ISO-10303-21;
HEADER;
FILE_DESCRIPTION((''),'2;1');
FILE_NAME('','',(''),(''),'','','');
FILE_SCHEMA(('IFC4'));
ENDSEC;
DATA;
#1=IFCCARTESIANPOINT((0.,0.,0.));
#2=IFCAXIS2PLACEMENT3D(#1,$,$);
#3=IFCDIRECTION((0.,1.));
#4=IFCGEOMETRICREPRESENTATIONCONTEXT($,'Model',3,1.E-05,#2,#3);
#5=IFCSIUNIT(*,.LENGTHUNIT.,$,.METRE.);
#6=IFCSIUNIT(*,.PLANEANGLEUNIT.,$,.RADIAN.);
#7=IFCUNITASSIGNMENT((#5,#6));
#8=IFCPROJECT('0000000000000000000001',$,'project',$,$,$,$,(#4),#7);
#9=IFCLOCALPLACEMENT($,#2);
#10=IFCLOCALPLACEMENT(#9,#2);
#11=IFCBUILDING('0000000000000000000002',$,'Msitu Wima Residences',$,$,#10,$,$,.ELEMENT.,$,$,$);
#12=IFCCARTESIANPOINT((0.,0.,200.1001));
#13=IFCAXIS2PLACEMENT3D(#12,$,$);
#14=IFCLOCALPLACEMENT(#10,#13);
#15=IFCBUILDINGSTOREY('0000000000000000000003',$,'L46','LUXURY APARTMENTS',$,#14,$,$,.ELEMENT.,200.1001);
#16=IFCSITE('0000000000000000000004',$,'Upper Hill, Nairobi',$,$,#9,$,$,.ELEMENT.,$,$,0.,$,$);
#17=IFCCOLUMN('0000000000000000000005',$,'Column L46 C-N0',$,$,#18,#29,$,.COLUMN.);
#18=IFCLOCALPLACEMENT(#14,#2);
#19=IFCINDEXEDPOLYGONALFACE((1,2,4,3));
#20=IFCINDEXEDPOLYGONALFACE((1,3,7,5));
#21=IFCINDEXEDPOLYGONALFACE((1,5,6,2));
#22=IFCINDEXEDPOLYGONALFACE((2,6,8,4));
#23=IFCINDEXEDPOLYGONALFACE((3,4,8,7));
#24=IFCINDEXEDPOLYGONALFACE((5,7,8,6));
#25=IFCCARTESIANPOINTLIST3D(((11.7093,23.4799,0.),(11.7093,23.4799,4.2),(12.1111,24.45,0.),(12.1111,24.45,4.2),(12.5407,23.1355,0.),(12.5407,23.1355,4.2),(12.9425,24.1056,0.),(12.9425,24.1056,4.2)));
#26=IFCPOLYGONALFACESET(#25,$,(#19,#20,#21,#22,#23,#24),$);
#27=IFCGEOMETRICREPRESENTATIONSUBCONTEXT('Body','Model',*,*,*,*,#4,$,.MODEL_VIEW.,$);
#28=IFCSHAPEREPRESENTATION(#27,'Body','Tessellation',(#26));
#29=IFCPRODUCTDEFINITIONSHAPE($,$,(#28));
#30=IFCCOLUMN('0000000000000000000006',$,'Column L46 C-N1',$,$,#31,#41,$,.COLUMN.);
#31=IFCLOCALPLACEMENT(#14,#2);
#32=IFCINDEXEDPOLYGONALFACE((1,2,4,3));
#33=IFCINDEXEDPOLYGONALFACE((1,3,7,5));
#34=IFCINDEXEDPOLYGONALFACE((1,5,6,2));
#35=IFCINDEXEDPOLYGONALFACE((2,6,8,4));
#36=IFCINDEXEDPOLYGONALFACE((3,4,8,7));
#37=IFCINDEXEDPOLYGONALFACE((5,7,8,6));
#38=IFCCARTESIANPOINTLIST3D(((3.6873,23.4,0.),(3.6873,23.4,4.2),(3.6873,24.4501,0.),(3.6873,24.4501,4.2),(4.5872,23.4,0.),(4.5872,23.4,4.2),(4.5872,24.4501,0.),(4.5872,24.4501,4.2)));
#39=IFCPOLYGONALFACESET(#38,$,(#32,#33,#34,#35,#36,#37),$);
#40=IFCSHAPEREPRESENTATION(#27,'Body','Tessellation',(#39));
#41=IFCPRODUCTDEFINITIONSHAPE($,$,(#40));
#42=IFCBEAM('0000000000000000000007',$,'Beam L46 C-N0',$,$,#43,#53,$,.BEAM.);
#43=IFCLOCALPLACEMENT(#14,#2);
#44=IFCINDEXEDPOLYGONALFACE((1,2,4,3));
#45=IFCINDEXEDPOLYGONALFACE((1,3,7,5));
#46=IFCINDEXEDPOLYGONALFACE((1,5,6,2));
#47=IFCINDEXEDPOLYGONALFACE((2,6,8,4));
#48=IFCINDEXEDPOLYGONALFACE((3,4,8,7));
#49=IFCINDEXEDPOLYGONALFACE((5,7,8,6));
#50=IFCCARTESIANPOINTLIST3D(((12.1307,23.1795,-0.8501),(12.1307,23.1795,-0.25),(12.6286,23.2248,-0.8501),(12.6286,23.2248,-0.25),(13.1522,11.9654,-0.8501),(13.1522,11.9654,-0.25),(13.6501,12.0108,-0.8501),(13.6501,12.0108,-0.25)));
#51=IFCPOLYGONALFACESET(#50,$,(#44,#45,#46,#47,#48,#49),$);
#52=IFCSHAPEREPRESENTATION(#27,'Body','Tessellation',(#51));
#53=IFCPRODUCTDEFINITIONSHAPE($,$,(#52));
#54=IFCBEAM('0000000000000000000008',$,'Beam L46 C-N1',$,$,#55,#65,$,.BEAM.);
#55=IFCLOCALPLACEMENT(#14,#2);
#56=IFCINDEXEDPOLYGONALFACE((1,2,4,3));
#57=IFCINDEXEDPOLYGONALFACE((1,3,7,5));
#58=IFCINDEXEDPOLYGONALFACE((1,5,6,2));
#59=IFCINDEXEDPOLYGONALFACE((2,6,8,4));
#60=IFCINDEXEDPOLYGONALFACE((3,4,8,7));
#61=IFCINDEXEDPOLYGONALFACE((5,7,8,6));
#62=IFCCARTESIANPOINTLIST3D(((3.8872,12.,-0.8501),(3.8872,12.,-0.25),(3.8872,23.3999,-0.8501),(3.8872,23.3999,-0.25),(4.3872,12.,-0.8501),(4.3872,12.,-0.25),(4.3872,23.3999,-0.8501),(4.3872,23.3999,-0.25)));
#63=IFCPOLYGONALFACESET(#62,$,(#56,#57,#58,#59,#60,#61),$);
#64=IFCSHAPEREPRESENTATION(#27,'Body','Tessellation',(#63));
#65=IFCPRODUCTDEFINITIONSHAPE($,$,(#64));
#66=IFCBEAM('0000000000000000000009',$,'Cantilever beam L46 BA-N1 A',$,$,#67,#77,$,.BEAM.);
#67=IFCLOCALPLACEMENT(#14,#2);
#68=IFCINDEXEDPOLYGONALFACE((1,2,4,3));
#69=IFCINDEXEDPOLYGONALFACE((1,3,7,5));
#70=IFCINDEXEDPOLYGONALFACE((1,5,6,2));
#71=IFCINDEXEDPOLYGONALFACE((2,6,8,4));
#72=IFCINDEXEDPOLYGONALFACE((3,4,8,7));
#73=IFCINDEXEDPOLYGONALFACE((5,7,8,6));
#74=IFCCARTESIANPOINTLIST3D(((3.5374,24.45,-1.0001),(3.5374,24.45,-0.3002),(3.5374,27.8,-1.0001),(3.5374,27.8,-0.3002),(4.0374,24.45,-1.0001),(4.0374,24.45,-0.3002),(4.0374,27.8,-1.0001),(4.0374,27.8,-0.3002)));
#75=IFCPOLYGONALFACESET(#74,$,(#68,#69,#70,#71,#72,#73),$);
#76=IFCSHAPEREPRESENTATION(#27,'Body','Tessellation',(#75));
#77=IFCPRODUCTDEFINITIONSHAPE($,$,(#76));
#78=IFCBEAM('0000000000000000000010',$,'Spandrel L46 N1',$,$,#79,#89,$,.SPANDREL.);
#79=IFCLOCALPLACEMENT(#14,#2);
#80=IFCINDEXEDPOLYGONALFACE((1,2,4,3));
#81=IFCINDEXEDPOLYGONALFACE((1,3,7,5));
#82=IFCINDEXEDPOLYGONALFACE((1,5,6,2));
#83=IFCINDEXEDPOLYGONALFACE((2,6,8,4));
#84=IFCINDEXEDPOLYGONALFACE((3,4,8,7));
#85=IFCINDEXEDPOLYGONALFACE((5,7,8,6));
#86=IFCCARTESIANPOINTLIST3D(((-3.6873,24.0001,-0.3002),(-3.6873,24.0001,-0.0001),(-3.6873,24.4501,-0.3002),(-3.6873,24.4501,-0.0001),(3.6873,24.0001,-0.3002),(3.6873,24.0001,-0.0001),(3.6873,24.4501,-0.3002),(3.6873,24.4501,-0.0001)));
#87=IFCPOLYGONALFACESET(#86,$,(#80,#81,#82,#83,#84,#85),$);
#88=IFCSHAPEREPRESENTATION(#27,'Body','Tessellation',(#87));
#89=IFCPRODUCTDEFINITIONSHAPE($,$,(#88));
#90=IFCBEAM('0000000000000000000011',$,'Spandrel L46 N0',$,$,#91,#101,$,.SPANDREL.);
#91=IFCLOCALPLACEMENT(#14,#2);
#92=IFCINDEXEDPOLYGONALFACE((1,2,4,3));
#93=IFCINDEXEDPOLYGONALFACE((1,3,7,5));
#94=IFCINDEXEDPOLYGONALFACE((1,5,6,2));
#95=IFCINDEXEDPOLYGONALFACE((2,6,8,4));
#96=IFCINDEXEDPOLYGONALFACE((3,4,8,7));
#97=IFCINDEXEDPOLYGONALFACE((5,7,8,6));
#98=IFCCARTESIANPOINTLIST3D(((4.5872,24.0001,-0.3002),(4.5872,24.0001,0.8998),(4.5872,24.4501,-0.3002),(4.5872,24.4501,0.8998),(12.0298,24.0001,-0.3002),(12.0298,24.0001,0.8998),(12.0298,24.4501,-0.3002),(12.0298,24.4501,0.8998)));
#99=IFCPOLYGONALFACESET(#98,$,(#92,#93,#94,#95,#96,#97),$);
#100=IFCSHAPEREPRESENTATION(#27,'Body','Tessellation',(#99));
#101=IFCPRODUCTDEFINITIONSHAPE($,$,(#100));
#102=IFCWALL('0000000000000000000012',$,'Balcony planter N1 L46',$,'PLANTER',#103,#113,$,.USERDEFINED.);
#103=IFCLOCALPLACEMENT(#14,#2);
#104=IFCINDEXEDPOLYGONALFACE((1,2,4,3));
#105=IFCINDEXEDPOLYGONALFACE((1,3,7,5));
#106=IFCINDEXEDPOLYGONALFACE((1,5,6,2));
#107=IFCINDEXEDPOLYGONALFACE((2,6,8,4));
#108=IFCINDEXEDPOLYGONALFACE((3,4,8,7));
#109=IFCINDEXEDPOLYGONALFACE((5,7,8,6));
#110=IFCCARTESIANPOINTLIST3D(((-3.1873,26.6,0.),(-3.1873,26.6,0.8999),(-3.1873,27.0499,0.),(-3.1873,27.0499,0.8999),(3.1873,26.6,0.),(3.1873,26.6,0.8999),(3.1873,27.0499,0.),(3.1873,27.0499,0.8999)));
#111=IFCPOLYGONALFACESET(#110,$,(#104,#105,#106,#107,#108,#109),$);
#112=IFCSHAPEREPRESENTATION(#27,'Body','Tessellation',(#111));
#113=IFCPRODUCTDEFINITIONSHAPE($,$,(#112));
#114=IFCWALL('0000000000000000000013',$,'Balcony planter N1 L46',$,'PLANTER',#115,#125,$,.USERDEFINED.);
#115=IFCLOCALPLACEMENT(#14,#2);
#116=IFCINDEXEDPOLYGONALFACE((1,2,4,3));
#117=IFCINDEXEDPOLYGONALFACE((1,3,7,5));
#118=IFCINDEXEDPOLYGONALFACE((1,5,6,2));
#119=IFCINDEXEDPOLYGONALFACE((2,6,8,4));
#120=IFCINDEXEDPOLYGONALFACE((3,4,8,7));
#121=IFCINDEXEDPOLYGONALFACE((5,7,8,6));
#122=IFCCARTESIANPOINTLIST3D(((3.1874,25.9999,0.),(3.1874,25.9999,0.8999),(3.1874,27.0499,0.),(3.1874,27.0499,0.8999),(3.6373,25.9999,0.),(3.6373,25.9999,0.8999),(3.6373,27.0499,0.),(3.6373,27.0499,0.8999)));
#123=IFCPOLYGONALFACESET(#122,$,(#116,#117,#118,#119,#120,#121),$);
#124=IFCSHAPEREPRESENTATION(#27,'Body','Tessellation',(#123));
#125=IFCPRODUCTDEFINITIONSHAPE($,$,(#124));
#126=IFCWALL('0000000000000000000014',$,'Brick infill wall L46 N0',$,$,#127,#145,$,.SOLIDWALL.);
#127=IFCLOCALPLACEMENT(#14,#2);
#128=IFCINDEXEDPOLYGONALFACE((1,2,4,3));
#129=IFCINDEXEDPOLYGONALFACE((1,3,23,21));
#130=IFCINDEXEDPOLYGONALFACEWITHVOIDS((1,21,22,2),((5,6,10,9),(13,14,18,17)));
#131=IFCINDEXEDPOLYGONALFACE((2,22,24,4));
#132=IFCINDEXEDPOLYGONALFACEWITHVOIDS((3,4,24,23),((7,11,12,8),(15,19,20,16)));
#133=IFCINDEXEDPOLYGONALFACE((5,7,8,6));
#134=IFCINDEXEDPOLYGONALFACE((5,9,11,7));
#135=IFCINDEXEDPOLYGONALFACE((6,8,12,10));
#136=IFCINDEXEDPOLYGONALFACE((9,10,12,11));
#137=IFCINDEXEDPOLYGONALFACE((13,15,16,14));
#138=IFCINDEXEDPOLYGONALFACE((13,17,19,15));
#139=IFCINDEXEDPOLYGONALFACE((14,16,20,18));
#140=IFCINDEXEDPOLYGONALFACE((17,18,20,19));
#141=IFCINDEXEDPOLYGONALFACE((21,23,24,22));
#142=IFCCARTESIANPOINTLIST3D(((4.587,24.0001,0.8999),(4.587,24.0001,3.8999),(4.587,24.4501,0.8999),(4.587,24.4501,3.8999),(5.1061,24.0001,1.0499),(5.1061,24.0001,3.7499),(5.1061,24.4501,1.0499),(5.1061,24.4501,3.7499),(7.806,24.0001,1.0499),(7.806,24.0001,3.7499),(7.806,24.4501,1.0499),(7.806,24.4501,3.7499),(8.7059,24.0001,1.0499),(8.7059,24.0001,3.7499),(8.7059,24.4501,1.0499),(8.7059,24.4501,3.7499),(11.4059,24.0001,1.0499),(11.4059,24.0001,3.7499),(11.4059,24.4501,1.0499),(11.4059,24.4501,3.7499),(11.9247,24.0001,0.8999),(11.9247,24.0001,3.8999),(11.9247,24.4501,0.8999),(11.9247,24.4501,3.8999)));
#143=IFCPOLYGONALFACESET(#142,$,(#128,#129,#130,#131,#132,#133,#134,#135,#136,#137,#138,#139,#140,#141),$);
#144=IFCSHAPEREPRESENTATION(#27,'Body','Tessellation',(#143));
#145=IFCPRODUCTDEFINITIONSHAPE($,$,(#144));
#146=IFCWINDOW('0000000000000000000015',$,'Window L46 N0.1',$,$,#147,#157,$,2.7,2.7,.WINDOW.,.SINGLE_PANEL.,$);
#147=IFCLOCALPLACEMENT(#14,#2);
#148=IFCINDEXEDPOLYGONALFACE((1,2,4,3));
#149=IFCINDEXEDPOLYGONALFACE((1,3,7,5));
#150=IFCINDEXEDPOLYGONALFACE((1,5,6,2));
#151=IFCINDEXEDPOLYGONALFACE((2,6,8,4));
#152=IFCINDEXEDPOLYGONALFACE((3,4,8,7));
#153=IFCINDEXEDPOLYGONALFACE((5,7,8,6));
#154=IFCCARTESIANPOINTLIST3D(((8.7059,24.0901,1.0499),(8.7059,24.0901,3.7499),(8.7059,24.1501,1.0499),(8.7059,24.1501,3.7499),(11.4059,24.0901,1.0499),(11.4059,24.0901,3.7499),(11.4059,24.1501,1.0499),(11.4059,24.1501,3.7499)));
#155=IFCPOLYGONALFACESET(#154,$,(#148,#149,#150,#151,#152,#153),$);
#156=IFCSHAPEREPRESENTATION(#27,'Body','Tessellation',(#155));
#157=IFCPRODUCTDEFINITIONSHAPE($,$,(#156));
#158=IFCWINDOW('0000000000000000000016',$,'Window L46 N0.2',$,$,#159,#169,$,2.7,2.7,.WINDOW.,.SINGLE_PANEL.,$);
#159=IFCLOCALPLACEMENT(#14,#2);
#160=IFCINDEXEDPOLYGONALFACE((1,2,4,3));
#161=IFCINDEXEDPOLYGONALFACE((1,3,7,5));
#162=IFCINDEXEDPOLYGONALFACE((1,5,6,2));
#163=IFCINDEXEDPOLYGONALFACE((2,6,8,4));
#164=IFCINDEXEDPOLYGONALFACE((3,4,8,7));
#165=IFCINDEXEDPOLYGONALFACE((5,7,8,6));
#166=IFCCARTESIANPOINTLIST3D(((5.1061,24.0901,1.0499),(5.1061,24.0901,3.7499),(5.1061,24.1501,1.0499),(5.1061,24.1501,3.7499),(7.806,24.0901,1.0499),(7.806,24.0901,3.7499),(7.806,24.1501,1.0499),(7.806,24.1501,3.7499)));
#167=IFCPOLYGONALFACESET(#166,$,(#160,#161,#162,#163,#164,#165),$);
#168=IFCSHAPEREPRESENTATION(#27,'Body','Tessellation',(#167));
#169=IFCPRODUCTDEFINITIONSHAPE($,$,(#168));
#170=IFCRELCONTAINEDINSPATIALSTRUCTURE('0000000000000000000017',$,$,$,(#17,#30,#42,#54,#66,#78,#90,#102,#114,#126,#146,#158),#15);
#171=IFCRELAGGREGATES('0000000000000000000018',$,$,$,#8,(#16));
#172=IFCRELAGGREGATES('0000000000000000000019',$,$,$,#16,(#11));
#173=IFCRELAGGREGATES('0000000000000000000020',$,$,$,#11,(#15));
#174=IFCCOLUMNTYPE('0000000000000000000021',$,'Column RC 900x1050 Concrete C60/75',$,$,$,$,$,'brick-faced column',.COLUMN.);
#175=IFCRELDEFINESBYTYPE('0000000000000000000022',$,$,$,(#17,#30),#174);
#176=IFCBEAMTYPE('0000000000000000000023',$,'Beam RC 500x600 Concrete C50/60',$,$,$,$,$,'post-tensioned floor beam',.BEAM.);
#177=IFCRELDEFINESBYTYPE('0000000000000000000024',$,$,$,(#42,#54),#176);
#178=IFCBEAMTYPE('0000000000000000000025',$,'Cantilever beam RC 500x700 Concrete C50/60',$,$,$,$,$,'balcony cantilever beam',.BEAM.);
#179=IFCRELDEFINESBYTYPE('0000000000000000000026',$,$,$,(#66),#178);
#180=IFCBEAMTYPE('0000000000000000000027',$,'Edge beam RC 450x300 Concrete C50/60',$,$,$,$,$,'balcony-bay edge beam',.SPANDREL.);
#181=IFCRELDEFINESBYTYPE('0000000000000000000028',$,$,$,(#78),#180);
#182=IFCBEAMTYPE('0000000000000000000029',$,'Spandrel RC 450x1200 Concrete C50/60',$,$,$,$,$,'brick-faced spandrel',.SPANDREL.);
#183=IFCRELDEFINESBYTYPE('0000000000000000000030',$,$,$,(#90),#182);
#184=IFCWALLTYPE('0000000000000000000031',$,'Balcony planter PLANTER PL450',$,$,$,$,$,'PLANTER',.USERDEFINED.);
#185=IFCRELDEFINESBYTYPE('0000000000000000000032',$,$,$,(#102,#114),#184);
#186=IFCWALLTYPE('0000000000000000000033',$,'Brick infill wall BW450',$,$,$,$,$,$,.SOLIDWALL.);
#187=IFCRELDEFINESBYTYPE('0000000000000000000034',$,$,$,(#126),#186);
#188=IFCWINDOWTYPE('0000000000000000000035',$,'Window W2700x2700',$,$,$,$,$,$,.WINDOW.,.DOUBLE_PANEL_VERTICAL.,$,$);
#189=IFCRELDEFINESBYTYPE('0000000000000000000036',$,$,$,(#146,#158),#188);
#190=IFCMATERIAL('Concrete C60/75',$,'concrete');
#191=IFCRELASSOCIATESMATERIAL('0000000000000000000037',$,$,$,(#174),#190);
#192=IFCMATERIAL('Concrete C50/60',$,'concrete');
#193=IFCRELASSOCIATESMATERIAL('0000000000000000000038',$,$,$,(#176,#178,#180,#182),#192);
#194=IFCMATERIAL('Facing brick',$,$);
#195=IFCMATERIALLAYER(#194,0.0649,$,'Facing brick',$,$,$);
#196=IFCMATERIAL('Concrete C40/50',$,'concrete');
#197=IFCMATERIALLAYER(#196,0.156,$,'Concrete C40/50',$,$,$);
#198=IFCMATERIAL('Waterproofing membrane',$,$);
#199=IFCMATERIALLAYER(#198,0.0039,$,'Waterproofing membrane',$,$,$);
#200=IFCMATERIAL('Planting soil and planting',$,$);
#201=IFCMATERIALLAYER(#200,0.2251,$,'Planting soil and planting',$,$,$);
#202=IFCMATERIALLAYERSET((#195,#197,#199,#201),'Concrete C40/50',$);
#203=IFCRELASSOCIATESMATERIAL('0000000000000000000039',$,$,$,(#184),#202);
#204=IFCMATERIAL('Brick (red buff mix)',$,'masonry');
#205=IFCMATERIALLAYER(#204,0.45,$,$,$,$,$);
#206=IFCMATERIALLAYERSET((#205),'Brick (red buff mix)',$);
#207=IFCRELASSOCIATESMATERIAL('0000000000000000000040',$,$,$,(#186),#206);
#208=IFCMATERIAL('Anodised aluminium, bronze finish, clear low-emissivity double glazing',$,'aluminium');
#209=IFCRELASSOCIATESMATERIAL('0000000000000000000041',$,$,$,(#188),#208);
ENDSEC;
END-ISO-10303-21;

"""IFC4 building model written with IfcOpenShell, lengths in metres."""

from ifc_helpers import new_model, si_unit, direction, frame, frame_2d, origin, origin_2d, place, context, subcontext, project, spatial, rectangle, extrude, material, layer, layer_set, material_profile, profile_set, type_object, element, fill, save


model = new_model("IFC4")

# Units and contexts
model_context = context("Model", 3, precision=1e-05, world=origin(), true_north=direction((0.0, 1.0)))
body_context = subcontext(model_context, "Body", "Model", "MODEL_VIEW")
ifc_project = project(units=[si_unit("LENGTHUNIT", "METRE"), si_unit("PLANEANGLEUNIT", "RADIAN")], contexts=[model_context])

# Site, building, storey
site_placement = place(None, origin())
site = spatial("IfcSite", under=ifc_project, at=site_placement, Name="Upper Hill, Nairobi", CompositionType="ELEMENT", RefElevation=0.0)
building_placement = place(site_placement, origin())
building = spatial("IfcBuilding", under=site, at=building_placement, Name="Msitu Wima Residences", CompositionType="ELEMENT")
storey_placement = place(building_placement, frame((0.0, 0.0, 200.1001)))
storey = spatial("IfcBuildingStorey", under=building, at=storey_placement, Name="L46", Description="LUXURY APARTMENTS", CompositionType="ELEMENT", Elevation=200.1001)

# Columns
ifc_material_1 = material(Name="Concrete C60/75", Category="concrete")
ifc_material_profile_1 = material_profile(ifc_material_1, rectangle(XDim=0.8999, YDim=1.05, at=origin_2d()), Name="RC 900x1050")
ifc_profile_set_1 = profile_set([ifc_material_profile_1], Name="Concrete C60/75")
column_type = type_object("IfcColumnType", Name="Column RC 900x1050 Concrete C60/75", ElementType="brick-faced column", PredefinedType="COLUMN", material=ifc_profile_set_1)
for number, where, z_axis, x_axis, name in (
    (1, (12.3259, 23.7927, 0.0), (0.0, 0.0, 1.0), (-0.92388, 0.382683, 0.0), "Column L46 C-N0"),
    (2, (4.1372, 23.925, 0.0), (0.0, 0.0, 1.0), (-1.0, 0.0, 0.0), "Column L46 C-N1"),
):
    element("IfcColumn", number, at=place(storey_placement, frame(where, z_axis=z_axis, x_axis=x_axis)), inside=storey, type_object=column_type, Name=name, PredefinedType="COLUMN", context=body_context, shape_type="SweptSolid", body=[
        extrude(rectangle(XDim=0.8999, YDim=1.05, at=origin_2d()), origin(), (0.0, 0.0, 1.0), 4.2),
    ])

# Beams
ifc_material_2 = material(Name="Concrete C50/60", Category="concrete")
ifc_material_profile_2 = material_profile(ifc_material_2, rectangle(XDim=0.5, YDim=0.6001, at=origin_2d()), Name="RC 500x600")
ifc_profile_set_2 = profile_set([ifc_material_profile_2], Name="Concrete C50/60")
beam_type_1 = type_object("IfcBeamType", Name="Beam RC 500x600 Concrete C50/60", ElementType="post-tensioned floor beam", PredefinedType="BEAM", material=ifc_profile_set_2)
beam_1_placement = place(storey_placement, frame((12.3796, 23.2021, -0.55), z_axis=(0.090714, -0.995877, 0.0), x_axis=(0.995877, 0.090714, 0.0)))
element("IfcBeam", 3, at=beam_1_placement, inside=storey, type_object=beam_type_1, Name="Beam L46 C-N0", PredefinedType="BEAM", context=body_context, shape_type="SweptSolid", body=[
    extrude(rectangle(XDim=0.5, YDim=0.6001, at=origin_2d()), origin(), (0.0, 0.0, 1.0), 11.2605),
])
beam_2_placement = place(storey_placement, frame((4.1372, 23.3999, -0.55), z_axis=(0.0, -1.0, 0.0), x_axis=(1.0, 0.0, 0.0)))
element("IfcBeam", 4, at=beam_2_placement, inside=storey, type_object=beam_type_1, Name="Beam L46 C-N1", PredefinedType="BEAM", context=body_context, shape_type="SweptSolid", body=[
    extrude(rectangle(XDim=0.5, YDim=0.6001, at=origin_2d()), origin(), (0.0, 0.0, 1.0), 11.3999),
])
ifc_material_profile_3 = material_profile(ifc_material_2, rectangle(XDim=0.5, YDim=0.7, at=origin_2d()), Name="RC 500x700")
ifc_profile_set_3 = profile_set([ifc_material_profile_3], Name="Concrete C50/60")
beam_type_2 = type_object("IfcBeamType", Name="Cantilever beam RC 500x700 Concrete C50/60", ElementType="balcony cantilever beam", PredefinedType="BEAM", material=ifc_profile_set_3)
beam_3_placement = place(storey_placement, frame((3.7874, 24.45, -0.6501), z_axis=(0.0, 1.0, 0.0), x_axis=(-1.0, 0.0, 0.0)))
element("IfcBeam", 5, at=beam_3_placement, inside=storey, type_object=beam_type_2, Name="Cantilever beam L46 BA-N1 A", PredefinedType="BEAM", context=body_context, shape_type="SweptSolid", body=[
    extrude(rectangle(XDim=0.5, YDim=0.7, at=origin_2d()), origin(), (0.0, 0.0, 1.0), 3.3501),
])
ifc_material_profile_4 = material_profile(ifc_material_2, rectangle(XDim=0.45, YDim=0.3, at=origin_2d()), Name="RC 450x300")
ifc_profile_set_4 = profile_set([ifc_material_profile_4], Name="Concrete C50/60")
beam_type_3 = type_object("IfcBeamType", Name="Edge beam RC 450x300 Concrete C50/60", ElementType="balcony-bay edge beam", PredefinedType="SPANDREL", material=ifc_profile_set_4)
beam_4_placement = place(storey_placement, frame((3.6873, 24.2251, -0.1501), z_axis=(-1.0, 0.0, 0.0), x_axis=(0.0, -1.0, 0.0)))
element("IfcBeam", 6, at=beam_4_placement, inside=storey, type_object=beam_type_3, Name="Spandrel L46 N1", PredefinedType="SPANDREL", context=body_context, shape_type="SweptSolid", body=[
    extrude(rectangle(XDim=0.45, YDim=0.3, at=origin_2d()), origin(), (0.0, 0.0, 1.0), 7.3745),
])
ifc_material_profile_5 = material_profile(ifc_material_2, rectangle(XDim=0.45, YDim=1.2, at=origin_2d()), Name="RC 450x1200")
ifc_profile_set_5 = profile_set([ifc_material_profile_5], Name="Concrete C50/60")
beam_type_4 = type_object("IfcBeamType", Name="Spandrel RC 450x1200 Concrete C50/60", ElementType="brick-faced spandrel", PredefinedType="SPANDREL", material=ifc_profile_set_5)
beam_5_placement = place(storey_placement, frame((12.0298, 24.2251, 0.2998), z_axis=(-1.0, 0.0, 0.0), x_axis=(0.0, -1.0, 0.0)))
element("IfcBeam", 7, at=beam_5_placement, inside=storey, type_object=beam_type_4, Name="Spandrel L46 N0", PredefinedType="SPANDREL", context=body_context, shape_type="SweptSolid", body=[
    extrude(rectangle(XDim=0.45, YDim=1.2, at=origin_2d()), origin(), (0.0, 0.0, 1.0), 7.4426),
])

# Walls
ifc_material_3 = material(Name="Facing brick")
ifc_layer_1 = layer(ifc_material_3, 0.0649, Name="Facing brick")
ifc_material_4 = material(Name="Concrete C40/50", Category="concrete")
ifc_layer_2 = layer(ifc_material_4, 0.156, Name="Concrete C40/50")
ifc_material_5 = material(Name="Waterproofing membrane")
ifc_layer_3 = layer(ifc_material_5, 0.0039, Name="Waterproofing membrane")
ifc_material_6 = material(Name="Planting soil and planting")
ifc_layer_4 = layer(ifc_material_6, 0.2251, Name="Planting soil and planting")
ifc_layer_set_1 = layer_set([ifc_layer_1, ifc_layer_2, ifc_layer_3, ifc_layer_4], Name="Concrete C40/50")
wall_type_1 = type_object("IfcWallType", Name="Balcony planter PLANTER PL450", ElementType="PLANTER", PredefinedType="USERDEFINED", material=ifc_layer_set_1)
wall_1_placement = place(storey_placement, frame((3.1873, 26.825, 0.0), z_axis=(0.0, 0.0, 1.0), x_axis=(-1.0, 0.0, 0.0)))
element("IfcWall", 8, at=wall_1_placement, inside=storey, type_object=wall_type_1, Name="Balcony planter N1 L46", ObjectType="PLANTER", PredefinedType="USERDEFINED", context=body_context, shape_type="SweptSolid", body=[
    extrude(rectangle(XDim=6.3745, YDim=0.45, at=frame_2d((3.1873, 0.0))), origin(), (0.0, 0.0, 1.0), 0.8999),
])
wall_2_placement = place(storey_placement, frame((3.4124, 26.0, 0.0), z_axis=(0.0, 0.0, 1.0), x_axis=(0.0, 1.0, 0.0)))
element("IfcWall", 9, at=wall_2_placement, inside=storey, type_object=wall_type_1, Name="Balcony planter N1 L46", ObjectType="PLANTER", PredefinedType="USERDEFINED", context=body_context, shape_type="SweptSolid", body=[
    extrude(rectangle(XDim=1.05, YDim=0.45, at=frame_2d((0.5249, 0.0))), origin(), (0.0, 0.0, 1.0), 0.8999),
])

# Wall, openings, windows
ifc_material_7 = material(Name="Brick (red buff mix)", Category="masonry")
ifc_layer_5 = layer(ifc_material_7, 0.45)
ifc_layer_set_2 = layer_set([ifc_layer_5], Name="Brick (red buff mix)")
wall_type_2 = type_object("IfcWallType", Name="Brick infill wall BW450", PredefinedType="SOLIDWALL", material=ifc_layer_set_2)
wall_3_placement = place(storey_placement, frame((11.9248, 24.2251, 0.8999), z_axis=(0.0, 0.0, 1.0), x_axis=(-1.0, 0.0, 0.0)))
wall_3 = element("IfcWall", 10, at=wall_3_placement, inside=storey, type_object=wall_type_2, Name="Brick infill wall L46 N0", PredefinedType="SOLIDWALL", context=body_context, shape_type="SweptSolid", body=[
    extrude(rectangle(XDim=7.3376, YDim=0.45, at=frame_2d((3.6689, 0.0))), origin(), (0.0, 0.0, 1.0), 3.0),
])
opening_1_placement = place(wall_3_placement, frame((0.5188, 0.0, 0.1499)))
opening_1 = element("IfcOpeningElement", 11, at=opening_1_placement, cuts=wall_3, PredefinedType="OPENING", context=body_context, shape_type="SweptSolid", body=[
    extrude(rectangle(XDim=2.7, YDim=2.7, at=frame_2d((1.3501, 1.3501))), frame((0.0, 0.2349, 0.0), z_axis=(0.0, -1.0, 0.0), x_axis=(1.0, 0.0, 0.0)), (0.0, 0.0, 1.0), 0.47),
])
opening_2_placement = place(wall_3_placement, frame((4.1187, 0.0, 0.1499)))
opening_2 = element("IfcOpeningElement", 12, at=opening_2_placement, cuts=wall_3, PredefinedType="OPENING", context=body_context, shape_type="SweptSolid", body=[
    extrude(rectangle(XDim=2.7, YDim=2.7, at=frame_2d((1.3501, 1.3501))), frame((0.0, 0.2349, 0.0), z_axis=(0.0, -1.0, 0.0), x_axis=(1.0, 0.0, 0.0)), (0.0, 0.0, 1.0), 0.47),
])
ifc_material_8 = material(Name="Anodised aluminium, bronze finish, clear low-emissivity double glazing", Category="aluminium")
window_type = type_object("IfcWindowType", Name="Window W2700x2700", PartitioningType="DOUBLE_PANEL_VERTICAL", PredefinedType="WINDOW", material=ifc_material_8)
window_1_placement = place(opening_1_placement, origin())
window_1 = element("IfcWindow", 13, at=window_1_placement, inside=storey, type_object=window_type, Name="Window L46 N0.1", OverallHeight=2.7, OverallWidth=2.7, PartitioningType="SINGLE_PANEL", PredefinedType="WINDOW", context=body_context, shape_type="SweptSolid", body=[
    extrude(rectangle(XDim=2.7, YDim=2.7, at=frame_2d((1.3501, 1.3501))), frame((0.0, 0.135, 0.0), z_axis=(0.0, -1.0, 0.0), x_axis=(1.0, 0.0, 0.0)), (0.0, 0.0, 1.0), 0.0601),
])
fill(opening_1, window_1)
window_2_placement = place(opening_2_placement, origin())
window_2 = element("IfcWindow", 14, at=window_2_placement, inside=storey, type_object=window_type, Name="Window L46 N0.2", OverallHeight=2.7, OverallWidth=2.7, PartitioningType="SINGLE_PANEL", PredefinedType="WINDOW", context=body_context, shape_type="SweptSolid", body=[
    extrude(rectangle(XDim=2.7, YDim=2.7, at=frame_2d((1.3501, 1.3501))), frame((0.0, 0.135, 0.0), z_axis=(0.0, -1.0, 0.0), x_axis=(1.0, 0.0, 0.0)), (0.0, 0.0, 1.0), 0.0601),
])
fill(opening_2, window_2)

save(model, "model.ifc")
